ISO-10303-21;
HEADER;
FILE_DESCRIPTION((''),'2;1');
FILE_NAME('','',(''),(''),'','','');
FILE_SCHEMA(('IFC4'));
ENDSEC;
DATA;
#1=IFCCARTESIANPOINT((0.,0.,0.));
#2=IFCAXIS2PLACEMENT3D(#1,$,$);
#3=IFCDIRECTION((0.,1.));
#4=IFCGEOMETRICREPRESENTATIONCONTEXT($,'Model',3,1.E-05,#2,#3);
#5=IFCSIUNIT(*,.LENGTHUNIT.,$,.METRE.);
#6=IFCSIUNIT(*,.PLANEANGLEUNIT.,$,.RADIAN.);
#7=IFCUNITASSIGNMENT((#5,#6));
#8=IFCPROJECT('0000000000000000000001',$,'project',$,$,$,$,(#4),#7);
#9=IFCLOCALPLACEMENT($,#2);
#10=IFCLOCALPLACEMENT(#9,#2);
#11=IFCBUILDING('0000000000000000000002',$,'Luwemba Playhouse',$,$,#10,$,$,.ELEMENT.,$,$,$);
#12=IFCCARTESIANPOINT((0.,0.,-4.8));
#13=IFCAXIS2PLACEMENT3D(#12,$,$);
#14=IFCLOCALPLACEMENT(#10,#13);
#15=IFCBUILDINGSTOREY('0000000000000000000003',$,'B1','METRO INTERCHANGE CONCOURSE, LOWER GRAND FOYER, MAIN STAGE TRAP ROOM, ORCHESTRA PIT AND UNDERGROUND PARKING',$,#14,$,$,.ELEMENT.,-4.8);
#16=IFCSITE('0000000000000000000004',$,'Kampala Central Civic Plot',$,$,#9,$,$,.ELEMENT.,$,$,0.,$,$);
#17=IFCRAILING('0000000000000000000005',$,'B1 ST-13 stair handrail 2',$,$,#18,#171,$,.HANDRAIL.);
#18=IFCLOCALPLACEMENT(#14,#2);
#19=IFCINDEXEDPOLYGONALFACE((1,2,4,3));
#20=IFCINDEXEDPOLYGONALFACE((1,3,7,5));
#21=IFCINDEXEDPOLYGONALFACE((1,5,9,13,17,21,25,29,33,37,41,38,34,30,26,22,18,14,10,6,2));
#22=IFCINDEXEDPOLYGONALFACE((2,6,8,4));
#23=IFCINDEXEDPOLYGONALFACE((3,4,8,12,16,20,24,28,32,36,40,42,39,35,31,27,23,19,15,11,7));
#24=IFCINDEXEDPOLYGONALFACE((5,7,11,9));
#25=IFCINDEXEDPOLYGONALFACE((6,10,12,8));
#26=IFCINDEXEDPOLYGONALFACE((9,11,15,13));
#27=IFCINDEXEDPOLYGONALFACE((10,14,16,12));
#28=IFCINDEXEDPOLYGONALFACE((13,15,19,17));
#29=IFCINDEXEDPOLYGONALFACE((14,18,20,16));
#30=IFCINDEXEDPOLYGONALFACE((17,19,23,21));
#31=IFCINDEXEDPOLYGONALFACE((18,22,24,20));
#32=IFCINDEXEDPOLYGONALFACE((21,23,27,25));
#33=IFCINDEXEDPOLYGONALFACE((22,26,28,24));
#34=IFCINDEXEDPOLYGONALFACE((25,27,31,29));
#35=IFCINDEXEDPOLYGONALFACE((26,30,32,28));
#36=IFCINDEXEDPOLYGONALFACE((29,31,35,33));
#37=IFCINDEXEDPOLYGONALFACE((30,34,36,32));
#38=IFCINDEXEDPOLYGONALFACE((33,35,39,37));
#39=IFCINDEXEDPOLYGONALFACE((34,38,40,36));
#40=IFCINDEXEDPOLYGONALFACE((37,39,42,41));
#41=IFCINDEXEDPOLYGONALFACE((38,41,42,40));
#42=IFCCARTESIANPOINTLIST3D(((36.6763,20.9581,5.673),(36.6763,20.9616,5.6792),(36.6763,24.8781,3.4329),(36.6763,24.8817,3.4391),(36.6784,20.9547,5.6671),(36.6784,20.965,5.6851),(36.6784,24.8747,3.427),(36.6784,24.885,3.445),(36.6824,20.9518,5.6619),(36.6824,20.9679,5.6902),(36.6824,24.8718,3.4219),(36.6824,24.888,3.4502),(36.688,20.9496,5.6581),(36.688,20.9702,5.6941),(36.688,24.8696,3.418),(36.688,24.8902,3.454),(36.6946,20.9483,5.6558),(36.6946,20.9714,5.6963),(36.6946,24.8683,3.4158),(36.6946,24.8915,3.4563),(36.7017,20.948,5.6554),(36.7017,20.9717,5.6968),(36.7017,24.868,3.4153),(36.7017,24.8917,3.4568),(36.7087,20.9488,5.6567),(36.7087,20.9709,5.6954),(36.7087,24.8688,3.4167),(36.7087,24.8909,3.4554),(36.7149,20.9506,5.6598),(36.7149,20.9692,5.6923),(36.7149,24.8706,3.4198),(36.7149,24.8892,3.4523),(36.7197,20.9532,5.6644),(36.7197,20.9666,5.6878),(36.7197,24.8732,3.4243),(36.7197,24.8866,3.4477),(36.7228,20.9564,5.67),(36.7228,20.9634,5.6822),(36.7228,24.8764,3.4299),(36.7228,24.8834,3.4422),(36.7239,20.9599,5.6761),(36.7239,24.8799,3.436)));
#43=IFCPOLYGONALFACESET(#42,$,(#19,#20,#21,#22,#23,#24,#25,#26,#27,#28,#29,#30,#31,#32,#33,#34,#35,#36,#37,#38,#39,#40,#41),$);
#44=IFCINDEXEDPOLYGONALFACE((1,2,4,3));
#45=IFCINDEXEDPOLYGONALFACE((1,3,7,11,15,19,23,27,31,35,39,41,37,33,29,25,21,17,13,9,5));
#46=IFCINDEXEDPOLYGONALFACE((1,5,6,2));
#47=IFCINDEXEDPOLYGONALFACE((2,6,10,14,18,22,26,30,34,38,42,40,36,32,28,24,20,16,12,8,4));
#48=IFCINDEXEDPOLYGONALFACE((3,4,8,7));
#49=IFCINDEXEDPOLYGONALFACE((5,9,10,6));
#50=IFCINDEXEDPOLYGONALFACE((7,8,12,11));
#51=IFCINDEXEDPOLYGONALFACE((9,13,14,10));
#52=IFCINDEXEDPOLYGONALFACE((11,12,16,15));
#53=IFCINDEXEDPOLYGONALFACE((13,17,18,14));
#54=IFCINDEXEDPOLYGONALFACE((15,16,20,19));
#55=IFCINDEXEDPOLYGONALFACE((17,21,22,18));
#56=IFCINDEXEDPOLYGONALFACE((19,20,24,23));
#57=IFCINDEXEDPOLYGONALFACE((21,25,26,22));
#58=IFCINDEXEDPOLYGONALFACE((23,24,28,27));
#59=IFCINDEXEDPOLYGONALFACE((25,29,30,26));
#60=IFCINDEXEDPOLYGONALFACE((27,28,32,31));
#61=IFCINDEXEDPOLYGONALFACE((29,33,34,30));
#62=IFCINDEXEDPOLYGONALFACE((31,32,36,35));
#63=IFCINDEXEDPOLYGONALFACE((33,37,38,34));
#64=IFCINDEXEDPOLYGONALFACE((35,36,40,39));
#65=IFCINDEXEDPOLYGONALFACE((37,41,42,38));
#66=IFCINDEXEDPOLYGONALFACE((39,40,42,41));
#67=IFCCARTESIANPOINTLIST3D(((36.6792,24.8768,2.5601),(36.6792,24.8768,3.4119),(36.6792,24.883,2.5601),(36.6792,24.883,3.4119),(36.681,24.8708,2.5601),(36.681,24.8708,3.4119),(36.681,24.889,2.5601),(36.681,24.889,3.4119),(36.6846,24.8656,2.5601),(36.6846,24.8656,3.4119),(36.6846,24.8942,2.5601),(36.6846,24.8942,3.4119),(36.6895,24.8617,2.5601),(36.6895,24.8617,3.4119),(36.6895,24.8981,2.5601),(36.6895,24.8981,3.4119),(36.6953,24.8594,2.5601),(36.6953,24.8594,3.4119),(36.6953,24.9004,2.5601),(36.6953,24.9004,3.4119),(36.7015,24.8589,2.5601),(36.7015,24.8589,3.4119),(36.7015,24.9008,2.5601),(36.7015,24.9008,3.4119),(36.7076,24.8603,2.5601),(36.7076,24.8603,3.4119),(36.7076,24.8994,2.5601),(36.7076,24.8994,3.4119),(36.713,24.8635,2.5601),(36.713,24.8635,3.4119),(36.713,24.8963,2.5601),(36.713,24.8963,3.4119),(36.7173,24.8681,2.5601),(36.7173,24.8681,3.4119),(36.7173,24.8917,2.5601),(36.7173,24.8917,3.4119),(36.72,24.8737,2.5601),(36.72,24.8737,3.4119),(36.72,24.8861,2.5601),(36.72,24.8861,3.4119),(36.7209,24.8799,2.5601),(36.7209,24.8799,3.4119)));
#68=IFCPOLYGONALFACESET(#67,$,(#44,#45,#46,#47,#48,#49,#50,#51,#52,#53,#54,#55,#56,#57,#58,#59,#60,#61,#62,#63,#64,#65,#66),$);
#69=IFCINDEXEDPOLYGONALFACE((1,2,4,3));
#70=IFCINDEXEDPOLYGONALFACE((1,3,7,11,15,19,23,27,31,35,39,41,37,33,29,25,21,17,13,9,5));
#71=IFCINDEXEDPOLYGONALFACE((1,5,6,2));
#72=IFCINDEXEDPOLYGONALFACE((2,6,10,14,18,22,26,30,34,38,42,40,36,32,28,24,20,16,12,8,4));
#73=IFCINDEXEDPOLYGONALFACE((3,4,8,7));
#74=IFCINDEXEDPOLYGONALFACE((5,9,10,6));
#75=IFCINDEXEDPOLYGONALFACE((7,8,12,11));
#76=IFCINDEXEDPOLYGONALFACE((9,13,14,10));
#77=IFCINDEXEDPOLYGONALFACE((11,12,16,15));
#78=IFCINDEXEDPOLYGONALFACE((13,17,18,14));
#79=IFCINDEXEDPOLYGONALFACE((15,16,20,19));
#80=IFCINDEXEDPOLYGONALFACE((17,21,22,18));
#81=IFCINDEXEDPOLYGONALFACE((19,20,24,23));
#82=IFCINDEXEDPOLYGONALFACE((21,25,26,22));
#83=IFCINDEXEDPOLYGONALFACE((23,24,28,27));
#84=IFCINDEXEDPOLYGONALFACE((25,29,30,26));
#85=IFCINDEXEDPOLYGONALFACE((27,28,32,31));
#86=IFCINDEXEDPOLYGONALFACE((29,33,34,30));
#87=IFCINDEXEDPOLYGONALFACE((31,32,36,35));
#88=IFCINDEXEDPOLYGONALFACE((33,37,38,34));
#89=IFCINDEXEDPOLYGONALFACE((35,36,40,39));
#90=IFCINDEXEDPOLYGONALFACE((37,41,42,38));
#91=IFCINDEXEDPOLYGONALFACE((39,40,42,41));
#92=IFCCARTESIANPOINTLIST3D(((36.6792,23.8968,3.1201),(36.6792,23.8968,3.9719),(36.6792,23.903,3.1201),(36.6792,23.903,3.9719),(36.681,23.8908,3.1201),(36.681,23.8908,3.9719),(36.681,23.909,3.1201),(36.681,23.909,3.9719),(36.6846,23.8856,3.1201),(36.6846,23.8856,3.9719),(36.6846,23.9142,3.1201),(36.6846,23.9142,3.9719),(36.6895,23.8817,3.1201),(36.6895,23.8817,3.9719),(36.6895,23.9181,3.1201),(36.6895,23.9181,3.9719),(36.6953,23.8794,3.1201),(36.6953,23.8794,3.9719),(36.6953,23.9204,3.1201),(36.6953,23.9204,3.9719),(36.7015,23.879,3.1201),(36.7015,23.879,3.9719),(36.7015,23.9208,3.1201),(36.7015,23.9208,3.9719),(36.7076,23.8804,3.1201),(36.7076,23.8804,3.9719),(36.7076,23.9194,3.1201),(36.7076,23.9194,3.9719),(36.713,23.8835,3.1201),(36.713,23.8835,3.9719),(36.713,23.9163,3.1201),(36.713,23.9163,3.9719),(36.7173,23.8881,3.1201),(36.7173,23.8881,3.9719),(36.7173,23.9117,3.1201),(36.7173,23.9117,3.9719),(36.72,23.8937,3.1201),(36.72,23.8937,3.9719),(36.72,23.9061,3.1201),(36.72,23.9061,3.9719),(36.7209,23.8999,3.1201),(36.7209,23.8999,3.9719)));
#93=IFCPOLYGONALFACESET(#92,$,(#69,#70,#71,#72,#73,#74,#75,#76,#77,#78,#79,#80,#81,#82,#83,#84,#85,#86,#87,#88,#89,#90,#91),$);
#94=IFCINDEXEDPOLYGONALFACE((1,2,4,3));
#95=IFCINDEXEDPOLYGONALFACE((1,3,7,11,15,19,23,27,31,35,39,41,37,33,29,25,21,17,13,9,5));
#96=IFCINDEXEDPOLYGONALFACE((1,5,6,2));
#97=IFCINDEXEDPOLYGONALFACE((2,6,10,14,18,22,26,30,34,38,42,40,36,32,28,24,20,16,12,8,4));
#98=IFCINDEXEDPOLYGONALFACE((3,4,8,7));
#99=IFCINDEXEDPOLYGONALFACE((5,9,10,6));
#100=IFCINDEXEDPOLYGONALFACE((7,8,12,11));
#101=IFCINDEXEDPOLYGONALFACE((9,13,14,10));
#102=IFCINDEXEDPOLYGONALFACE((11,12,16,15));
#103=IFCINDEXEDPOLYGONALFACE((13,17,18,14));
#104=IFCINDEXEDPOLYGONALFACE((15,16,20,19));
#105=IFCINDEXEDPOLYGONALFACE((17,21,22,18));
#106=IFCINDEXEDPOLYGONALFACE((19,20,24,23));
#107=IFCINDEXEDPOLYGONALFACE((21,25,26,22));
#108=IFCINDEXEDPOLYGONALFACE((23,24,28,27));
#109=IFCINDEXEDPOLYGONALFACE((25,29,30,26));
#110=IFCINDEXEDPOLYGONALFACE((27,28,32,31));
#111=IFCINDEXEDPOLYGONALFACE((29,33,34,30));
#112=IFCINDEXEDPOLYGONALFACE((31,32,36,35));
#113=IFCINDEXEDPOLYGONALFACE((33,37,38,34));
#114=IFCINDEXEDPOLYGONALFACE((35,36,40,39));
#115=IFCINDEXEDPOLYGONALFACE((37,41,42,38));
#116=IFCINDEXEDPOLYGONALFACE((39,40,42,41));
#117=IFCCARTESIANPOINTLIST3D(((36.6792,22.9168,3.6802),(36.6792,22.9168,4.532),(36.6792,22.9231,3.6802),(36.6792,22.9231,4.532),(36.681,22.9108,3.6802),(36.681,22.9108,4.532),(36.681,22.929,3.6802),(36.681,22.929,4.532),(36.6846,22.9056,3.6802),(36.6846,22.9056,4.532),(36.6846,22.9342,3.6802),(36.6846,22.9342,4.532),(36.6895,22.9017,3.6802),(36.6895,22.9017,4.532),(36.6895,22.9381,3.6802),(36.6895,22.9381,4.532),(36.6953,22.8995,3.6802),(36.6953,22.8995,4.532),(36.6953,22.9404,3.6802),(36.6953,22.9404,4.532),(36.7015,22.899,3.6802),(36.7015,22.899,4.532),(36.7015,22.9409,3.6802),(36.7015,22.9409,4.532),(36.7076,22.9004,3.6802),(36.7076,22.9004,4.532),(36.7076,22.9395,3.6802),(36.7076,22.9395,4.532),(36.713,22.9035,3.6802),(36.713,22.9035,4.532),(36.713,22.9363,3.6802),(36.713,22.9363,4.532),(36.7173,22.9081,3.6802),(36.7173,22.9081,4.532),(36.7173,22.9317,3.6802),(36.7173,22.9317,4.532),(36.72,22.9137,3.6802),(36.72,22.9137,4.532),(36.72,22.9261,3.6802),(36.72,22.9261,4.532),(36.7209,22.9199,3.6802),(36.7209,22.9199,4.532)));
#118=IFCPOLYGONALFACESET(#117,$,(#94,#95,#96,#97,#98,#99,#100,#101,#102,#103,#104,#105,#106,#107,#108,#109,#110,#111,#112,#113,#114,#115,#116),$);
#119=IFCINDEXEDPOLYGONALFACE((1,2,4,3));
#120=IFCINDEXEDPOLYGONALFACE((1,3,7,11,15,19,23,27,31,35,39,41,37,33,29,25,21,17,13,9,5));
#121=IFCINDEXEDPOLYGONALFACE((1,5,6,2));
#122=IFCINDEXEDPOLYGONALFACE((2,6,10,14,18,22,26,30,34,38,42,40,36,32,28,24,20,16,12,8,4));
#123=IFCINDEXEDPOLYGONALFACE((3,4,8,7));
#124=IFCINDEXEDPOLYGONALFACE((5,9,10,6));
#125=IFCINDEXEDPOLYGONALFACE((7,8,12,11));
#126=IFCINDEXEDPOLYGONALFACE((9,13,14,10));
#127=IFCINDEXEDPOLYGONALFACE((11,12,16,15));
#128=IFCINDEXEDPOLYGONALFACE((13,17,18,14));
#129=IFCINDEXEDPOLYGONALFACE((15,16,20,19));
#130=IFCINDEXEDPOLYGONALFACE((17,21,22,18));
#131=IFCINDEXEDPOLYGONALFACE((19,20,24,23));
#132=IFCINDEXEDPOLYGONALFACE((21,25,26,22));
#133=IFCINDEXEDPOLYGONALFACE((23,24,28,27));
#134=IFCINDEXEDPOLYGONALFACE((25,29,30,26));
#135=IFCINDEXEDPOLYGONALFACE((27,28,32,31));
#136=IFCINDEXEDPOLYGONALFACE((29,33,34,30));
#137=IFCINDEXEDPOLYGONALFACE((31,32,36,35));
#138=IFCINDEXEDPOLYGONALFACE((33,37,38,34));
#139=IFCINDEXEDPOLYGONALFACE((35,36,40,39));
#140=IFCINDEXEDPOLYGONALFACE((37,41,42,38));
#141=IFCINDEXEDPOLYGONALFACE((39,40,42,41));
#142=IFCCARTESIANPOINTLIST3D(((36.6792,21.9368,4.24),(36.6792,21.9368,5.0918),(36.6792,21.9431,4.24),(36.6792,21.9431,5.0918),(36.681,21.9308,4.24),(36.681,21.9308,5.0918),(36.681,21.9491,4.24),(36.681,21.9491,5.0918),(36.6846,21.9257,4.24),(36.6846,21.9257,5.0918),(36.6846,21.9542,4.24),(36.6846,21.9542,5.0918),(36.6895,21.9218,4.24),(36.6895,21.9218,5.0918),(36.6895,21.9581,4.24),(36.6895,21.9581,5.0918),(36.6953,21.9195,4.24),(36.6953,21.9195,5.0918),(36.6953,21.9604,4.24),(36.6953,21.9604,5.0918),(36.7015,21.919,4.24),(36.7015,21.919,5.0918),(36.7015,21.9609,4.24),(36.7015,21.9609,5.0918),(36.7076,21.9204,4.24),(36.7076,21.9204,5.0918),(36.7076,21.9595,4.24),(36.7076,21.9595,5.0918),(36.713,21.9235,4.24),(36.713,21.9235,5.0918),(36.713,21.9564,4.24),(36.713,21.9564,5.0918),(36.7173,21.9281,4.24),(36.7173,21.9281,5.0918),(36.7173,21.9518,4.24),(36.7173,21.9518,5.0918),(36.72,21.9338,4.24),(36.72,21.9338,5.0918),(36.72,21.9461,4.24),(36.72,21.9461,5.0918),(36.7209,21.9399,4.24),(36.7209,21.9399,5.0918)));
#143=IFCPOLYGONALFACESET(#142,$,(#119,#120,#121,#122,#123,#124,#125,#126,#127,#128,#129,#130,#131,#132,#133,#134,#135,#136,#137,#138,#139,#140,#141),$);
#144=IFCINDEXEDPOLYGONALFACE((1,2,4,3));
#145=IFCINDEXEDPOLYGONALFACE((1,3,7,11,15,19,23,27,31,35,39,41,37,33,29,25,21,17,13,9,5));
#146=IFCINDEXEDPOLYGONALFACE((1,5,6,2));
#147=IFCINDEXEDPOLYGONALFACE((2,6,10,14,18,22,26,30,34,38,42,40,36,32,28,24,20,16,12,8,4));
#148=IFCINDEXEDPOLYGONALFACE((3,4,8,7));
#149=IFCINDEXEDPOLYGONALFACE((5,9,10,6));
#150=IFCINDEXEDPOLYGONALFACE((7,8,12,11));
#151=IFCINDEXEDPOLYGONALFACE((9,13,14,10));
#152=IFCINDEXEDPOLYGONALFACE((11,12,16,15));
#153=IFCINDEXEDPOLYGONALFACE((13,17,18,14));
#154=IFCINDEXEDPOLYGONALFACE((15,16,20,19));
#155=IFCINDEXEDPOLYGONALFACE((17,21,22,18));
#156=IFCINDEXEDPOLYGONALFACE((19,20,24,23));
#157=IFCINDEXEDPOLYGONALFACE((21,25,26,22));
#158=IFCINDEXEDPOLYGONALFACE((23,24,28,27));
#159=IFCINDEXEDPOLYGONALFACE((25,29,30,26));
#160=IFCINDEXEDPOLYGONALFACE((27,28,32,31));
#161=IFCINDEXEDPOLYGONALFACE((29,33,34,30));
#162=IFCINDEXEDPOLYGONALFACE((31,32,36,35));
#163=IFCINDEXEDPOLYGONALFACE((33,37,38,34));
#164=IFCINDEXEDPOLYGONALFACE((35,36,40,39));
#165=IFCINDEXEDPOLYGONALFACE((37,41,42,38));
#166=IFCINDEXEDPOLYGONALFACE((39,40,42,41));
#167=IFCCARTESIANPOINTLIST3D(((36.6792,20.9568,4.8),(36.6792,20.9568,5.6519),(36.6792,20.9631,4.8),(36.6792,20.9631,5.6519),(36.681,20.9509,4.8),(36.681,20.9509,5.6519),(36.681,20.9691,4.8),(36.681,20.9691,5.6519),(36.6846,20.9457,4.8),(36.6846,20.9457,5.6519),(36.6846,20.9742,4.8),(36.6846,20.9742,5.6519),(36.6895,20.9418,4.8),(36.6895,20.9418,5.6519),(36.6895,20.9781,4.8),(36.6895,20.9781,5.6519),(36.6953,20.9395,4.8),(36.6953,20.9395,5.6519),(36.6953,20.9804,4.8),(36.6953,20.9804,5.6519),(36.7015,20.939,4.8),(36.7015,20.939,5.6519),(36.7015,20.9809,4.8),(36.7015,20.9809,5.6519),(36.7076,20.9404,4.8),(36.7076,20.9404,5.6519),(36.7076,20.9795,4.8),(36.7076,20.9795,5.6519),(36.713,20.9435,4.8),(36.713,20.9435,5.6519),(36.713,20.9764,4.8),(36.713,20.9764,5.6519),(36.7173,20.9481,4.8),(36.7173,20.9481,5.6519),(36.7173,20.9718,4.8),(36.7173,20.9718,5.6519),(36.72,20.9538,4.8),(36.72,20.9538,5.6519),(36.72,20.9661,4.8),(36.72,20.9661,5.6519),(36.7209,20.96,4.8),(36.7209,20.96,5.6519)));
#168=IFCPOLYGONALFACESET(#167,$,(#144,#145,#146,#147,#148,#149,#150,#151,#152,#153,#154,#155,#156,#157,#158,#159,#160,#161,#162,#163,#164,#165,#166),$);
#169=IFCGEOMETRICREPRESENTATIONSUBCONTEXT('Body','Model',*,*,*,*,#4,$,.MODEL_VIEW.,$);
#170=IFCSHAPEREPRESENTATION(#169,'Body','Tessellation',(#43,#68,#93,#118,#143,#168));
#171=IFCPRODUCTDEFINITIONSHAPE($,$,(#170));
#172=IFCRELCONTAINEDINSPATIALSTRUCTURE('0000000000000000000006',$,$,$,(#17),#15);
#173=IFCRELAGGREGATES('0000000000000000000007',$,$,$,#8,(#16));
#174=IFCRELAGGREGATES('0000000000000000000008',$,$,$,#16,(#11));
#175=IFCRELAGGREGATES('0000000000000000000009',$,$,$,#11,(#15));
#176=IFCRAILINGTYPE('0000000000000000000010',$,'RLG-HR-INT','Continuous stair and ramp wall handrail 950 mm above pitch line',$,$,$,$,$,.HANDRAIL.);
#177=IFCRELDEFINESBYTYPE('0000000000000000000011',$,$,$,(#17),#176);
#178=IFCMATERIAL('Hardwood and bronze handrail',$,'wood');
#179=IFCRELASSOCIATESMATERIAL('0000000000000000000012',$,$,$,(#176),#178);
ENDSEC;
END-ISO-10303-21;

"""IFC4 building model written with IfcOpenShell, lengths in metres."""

from ifc_helpers import new_model, si_unit, direction, frame, origin, origin_2d, place, context, subcontext, project, spatial, circle, extrude, material, type_object, element, save


model = new_model("IFC4")

# Units and contexts
model_context = context("Model", 3, precision=1e-05, world=origin(), true_north=direction((0.0, 1.0)))
body_context = subcontext(model_context, "Body", "Model", "MODEL_VIEW")
ifc_project = project(units=[si_unit("LENGTHUNIT", "METRE"), si_unit("PLANEANGLEUNIT", "RADIAN")], contexts=[model_context])

# Site, building, storey
site_placement = place(None, origin())
site = spatial("IfcSite", under=ifc_project, at=site_placement, Name="Kampala Central Civic Plot", CompositionType="ELEMENT", RefElevation=0.0)
building_placement = place(site_placement, origin())
building = spatial("IfcBuilding", under=site, at=building_placement, Name="Luwemba Playhouse", CompositionType="ELEMENT")
storey_placement = place(building_placement, frame((0.0, 0.0, -4.8)))
storey = spatial("IfcBuildingStorey", under=building, at=storey_placement, Name="B1", Description="METRO INTERCHANGE CONCOURSE, LOWER GRAND FOYER, MAIN STAGE TRAP ROOM, ORCHESTRA PIT AND UNDERGROUND PARKING", CompositionType="ELEMENT", Elevation=-4.8)

# Railing
ifc_material_1 = material(Name="Hardwood and bronze handrail", Category="wood")
railing_type_1 = type_object("IfcRailingType", Name="RLG-HR-INT", Description="Continuous stair and ramp wall handrail 950 mm above pitch line", PredefinedType="HANDRAIL", material=ifc_material_1)
railing_1_placement = place(storey_placement, frame((36.7, 24.8799, 2.5601)))
element("IfcRailing", 1, at=railing_1_placement, inside=storey, type_object=railing_type_1, Name="B1 ST-13 stair handrail 2", PredefinedType="HANDRAIL", context=body_context, shape_type="SweptSolid", body=[
    extrude(circle(Radius=0.0239, at=origin_2d()), frame((0.0, 0.0, 0.876), z_axis=(0.0, -0.86824, 0.496145), x_axis=(1.0, 0.0, 0.0)), (0.0, 0.0, 1.0), 4.5149),
    extrude(circle(Radius=0.021, at=origin_2d()), origin(), (0.0, 0.0, 1.0), 0.8518),
    extrude(circle(Radius=0.021, at=origin_2d()), frame((0.0, -0.98, 0.5601)), (0.0, 0.0, 1.0), 0.8518),
    extrude(circle(Radius=0.021, at=origin_2d()), frame((0.0, -1.96, 1.1201)), (0.0, 0.0, 1.0), 0.8518),
    extrude(circle(Radius=0.021, at=origin_2d()), frame((0.0, -2.9399, 1.6799)), (0.0, 0.0, 1.0), 0.8518),
    extrude(circle(Radius=0.021, at=origin_2d()), frame((0.0, -3.9199, 2.24)), (0.0, 0.0, 1.0), 0.8518),
])

save(model, "model.ifc")
